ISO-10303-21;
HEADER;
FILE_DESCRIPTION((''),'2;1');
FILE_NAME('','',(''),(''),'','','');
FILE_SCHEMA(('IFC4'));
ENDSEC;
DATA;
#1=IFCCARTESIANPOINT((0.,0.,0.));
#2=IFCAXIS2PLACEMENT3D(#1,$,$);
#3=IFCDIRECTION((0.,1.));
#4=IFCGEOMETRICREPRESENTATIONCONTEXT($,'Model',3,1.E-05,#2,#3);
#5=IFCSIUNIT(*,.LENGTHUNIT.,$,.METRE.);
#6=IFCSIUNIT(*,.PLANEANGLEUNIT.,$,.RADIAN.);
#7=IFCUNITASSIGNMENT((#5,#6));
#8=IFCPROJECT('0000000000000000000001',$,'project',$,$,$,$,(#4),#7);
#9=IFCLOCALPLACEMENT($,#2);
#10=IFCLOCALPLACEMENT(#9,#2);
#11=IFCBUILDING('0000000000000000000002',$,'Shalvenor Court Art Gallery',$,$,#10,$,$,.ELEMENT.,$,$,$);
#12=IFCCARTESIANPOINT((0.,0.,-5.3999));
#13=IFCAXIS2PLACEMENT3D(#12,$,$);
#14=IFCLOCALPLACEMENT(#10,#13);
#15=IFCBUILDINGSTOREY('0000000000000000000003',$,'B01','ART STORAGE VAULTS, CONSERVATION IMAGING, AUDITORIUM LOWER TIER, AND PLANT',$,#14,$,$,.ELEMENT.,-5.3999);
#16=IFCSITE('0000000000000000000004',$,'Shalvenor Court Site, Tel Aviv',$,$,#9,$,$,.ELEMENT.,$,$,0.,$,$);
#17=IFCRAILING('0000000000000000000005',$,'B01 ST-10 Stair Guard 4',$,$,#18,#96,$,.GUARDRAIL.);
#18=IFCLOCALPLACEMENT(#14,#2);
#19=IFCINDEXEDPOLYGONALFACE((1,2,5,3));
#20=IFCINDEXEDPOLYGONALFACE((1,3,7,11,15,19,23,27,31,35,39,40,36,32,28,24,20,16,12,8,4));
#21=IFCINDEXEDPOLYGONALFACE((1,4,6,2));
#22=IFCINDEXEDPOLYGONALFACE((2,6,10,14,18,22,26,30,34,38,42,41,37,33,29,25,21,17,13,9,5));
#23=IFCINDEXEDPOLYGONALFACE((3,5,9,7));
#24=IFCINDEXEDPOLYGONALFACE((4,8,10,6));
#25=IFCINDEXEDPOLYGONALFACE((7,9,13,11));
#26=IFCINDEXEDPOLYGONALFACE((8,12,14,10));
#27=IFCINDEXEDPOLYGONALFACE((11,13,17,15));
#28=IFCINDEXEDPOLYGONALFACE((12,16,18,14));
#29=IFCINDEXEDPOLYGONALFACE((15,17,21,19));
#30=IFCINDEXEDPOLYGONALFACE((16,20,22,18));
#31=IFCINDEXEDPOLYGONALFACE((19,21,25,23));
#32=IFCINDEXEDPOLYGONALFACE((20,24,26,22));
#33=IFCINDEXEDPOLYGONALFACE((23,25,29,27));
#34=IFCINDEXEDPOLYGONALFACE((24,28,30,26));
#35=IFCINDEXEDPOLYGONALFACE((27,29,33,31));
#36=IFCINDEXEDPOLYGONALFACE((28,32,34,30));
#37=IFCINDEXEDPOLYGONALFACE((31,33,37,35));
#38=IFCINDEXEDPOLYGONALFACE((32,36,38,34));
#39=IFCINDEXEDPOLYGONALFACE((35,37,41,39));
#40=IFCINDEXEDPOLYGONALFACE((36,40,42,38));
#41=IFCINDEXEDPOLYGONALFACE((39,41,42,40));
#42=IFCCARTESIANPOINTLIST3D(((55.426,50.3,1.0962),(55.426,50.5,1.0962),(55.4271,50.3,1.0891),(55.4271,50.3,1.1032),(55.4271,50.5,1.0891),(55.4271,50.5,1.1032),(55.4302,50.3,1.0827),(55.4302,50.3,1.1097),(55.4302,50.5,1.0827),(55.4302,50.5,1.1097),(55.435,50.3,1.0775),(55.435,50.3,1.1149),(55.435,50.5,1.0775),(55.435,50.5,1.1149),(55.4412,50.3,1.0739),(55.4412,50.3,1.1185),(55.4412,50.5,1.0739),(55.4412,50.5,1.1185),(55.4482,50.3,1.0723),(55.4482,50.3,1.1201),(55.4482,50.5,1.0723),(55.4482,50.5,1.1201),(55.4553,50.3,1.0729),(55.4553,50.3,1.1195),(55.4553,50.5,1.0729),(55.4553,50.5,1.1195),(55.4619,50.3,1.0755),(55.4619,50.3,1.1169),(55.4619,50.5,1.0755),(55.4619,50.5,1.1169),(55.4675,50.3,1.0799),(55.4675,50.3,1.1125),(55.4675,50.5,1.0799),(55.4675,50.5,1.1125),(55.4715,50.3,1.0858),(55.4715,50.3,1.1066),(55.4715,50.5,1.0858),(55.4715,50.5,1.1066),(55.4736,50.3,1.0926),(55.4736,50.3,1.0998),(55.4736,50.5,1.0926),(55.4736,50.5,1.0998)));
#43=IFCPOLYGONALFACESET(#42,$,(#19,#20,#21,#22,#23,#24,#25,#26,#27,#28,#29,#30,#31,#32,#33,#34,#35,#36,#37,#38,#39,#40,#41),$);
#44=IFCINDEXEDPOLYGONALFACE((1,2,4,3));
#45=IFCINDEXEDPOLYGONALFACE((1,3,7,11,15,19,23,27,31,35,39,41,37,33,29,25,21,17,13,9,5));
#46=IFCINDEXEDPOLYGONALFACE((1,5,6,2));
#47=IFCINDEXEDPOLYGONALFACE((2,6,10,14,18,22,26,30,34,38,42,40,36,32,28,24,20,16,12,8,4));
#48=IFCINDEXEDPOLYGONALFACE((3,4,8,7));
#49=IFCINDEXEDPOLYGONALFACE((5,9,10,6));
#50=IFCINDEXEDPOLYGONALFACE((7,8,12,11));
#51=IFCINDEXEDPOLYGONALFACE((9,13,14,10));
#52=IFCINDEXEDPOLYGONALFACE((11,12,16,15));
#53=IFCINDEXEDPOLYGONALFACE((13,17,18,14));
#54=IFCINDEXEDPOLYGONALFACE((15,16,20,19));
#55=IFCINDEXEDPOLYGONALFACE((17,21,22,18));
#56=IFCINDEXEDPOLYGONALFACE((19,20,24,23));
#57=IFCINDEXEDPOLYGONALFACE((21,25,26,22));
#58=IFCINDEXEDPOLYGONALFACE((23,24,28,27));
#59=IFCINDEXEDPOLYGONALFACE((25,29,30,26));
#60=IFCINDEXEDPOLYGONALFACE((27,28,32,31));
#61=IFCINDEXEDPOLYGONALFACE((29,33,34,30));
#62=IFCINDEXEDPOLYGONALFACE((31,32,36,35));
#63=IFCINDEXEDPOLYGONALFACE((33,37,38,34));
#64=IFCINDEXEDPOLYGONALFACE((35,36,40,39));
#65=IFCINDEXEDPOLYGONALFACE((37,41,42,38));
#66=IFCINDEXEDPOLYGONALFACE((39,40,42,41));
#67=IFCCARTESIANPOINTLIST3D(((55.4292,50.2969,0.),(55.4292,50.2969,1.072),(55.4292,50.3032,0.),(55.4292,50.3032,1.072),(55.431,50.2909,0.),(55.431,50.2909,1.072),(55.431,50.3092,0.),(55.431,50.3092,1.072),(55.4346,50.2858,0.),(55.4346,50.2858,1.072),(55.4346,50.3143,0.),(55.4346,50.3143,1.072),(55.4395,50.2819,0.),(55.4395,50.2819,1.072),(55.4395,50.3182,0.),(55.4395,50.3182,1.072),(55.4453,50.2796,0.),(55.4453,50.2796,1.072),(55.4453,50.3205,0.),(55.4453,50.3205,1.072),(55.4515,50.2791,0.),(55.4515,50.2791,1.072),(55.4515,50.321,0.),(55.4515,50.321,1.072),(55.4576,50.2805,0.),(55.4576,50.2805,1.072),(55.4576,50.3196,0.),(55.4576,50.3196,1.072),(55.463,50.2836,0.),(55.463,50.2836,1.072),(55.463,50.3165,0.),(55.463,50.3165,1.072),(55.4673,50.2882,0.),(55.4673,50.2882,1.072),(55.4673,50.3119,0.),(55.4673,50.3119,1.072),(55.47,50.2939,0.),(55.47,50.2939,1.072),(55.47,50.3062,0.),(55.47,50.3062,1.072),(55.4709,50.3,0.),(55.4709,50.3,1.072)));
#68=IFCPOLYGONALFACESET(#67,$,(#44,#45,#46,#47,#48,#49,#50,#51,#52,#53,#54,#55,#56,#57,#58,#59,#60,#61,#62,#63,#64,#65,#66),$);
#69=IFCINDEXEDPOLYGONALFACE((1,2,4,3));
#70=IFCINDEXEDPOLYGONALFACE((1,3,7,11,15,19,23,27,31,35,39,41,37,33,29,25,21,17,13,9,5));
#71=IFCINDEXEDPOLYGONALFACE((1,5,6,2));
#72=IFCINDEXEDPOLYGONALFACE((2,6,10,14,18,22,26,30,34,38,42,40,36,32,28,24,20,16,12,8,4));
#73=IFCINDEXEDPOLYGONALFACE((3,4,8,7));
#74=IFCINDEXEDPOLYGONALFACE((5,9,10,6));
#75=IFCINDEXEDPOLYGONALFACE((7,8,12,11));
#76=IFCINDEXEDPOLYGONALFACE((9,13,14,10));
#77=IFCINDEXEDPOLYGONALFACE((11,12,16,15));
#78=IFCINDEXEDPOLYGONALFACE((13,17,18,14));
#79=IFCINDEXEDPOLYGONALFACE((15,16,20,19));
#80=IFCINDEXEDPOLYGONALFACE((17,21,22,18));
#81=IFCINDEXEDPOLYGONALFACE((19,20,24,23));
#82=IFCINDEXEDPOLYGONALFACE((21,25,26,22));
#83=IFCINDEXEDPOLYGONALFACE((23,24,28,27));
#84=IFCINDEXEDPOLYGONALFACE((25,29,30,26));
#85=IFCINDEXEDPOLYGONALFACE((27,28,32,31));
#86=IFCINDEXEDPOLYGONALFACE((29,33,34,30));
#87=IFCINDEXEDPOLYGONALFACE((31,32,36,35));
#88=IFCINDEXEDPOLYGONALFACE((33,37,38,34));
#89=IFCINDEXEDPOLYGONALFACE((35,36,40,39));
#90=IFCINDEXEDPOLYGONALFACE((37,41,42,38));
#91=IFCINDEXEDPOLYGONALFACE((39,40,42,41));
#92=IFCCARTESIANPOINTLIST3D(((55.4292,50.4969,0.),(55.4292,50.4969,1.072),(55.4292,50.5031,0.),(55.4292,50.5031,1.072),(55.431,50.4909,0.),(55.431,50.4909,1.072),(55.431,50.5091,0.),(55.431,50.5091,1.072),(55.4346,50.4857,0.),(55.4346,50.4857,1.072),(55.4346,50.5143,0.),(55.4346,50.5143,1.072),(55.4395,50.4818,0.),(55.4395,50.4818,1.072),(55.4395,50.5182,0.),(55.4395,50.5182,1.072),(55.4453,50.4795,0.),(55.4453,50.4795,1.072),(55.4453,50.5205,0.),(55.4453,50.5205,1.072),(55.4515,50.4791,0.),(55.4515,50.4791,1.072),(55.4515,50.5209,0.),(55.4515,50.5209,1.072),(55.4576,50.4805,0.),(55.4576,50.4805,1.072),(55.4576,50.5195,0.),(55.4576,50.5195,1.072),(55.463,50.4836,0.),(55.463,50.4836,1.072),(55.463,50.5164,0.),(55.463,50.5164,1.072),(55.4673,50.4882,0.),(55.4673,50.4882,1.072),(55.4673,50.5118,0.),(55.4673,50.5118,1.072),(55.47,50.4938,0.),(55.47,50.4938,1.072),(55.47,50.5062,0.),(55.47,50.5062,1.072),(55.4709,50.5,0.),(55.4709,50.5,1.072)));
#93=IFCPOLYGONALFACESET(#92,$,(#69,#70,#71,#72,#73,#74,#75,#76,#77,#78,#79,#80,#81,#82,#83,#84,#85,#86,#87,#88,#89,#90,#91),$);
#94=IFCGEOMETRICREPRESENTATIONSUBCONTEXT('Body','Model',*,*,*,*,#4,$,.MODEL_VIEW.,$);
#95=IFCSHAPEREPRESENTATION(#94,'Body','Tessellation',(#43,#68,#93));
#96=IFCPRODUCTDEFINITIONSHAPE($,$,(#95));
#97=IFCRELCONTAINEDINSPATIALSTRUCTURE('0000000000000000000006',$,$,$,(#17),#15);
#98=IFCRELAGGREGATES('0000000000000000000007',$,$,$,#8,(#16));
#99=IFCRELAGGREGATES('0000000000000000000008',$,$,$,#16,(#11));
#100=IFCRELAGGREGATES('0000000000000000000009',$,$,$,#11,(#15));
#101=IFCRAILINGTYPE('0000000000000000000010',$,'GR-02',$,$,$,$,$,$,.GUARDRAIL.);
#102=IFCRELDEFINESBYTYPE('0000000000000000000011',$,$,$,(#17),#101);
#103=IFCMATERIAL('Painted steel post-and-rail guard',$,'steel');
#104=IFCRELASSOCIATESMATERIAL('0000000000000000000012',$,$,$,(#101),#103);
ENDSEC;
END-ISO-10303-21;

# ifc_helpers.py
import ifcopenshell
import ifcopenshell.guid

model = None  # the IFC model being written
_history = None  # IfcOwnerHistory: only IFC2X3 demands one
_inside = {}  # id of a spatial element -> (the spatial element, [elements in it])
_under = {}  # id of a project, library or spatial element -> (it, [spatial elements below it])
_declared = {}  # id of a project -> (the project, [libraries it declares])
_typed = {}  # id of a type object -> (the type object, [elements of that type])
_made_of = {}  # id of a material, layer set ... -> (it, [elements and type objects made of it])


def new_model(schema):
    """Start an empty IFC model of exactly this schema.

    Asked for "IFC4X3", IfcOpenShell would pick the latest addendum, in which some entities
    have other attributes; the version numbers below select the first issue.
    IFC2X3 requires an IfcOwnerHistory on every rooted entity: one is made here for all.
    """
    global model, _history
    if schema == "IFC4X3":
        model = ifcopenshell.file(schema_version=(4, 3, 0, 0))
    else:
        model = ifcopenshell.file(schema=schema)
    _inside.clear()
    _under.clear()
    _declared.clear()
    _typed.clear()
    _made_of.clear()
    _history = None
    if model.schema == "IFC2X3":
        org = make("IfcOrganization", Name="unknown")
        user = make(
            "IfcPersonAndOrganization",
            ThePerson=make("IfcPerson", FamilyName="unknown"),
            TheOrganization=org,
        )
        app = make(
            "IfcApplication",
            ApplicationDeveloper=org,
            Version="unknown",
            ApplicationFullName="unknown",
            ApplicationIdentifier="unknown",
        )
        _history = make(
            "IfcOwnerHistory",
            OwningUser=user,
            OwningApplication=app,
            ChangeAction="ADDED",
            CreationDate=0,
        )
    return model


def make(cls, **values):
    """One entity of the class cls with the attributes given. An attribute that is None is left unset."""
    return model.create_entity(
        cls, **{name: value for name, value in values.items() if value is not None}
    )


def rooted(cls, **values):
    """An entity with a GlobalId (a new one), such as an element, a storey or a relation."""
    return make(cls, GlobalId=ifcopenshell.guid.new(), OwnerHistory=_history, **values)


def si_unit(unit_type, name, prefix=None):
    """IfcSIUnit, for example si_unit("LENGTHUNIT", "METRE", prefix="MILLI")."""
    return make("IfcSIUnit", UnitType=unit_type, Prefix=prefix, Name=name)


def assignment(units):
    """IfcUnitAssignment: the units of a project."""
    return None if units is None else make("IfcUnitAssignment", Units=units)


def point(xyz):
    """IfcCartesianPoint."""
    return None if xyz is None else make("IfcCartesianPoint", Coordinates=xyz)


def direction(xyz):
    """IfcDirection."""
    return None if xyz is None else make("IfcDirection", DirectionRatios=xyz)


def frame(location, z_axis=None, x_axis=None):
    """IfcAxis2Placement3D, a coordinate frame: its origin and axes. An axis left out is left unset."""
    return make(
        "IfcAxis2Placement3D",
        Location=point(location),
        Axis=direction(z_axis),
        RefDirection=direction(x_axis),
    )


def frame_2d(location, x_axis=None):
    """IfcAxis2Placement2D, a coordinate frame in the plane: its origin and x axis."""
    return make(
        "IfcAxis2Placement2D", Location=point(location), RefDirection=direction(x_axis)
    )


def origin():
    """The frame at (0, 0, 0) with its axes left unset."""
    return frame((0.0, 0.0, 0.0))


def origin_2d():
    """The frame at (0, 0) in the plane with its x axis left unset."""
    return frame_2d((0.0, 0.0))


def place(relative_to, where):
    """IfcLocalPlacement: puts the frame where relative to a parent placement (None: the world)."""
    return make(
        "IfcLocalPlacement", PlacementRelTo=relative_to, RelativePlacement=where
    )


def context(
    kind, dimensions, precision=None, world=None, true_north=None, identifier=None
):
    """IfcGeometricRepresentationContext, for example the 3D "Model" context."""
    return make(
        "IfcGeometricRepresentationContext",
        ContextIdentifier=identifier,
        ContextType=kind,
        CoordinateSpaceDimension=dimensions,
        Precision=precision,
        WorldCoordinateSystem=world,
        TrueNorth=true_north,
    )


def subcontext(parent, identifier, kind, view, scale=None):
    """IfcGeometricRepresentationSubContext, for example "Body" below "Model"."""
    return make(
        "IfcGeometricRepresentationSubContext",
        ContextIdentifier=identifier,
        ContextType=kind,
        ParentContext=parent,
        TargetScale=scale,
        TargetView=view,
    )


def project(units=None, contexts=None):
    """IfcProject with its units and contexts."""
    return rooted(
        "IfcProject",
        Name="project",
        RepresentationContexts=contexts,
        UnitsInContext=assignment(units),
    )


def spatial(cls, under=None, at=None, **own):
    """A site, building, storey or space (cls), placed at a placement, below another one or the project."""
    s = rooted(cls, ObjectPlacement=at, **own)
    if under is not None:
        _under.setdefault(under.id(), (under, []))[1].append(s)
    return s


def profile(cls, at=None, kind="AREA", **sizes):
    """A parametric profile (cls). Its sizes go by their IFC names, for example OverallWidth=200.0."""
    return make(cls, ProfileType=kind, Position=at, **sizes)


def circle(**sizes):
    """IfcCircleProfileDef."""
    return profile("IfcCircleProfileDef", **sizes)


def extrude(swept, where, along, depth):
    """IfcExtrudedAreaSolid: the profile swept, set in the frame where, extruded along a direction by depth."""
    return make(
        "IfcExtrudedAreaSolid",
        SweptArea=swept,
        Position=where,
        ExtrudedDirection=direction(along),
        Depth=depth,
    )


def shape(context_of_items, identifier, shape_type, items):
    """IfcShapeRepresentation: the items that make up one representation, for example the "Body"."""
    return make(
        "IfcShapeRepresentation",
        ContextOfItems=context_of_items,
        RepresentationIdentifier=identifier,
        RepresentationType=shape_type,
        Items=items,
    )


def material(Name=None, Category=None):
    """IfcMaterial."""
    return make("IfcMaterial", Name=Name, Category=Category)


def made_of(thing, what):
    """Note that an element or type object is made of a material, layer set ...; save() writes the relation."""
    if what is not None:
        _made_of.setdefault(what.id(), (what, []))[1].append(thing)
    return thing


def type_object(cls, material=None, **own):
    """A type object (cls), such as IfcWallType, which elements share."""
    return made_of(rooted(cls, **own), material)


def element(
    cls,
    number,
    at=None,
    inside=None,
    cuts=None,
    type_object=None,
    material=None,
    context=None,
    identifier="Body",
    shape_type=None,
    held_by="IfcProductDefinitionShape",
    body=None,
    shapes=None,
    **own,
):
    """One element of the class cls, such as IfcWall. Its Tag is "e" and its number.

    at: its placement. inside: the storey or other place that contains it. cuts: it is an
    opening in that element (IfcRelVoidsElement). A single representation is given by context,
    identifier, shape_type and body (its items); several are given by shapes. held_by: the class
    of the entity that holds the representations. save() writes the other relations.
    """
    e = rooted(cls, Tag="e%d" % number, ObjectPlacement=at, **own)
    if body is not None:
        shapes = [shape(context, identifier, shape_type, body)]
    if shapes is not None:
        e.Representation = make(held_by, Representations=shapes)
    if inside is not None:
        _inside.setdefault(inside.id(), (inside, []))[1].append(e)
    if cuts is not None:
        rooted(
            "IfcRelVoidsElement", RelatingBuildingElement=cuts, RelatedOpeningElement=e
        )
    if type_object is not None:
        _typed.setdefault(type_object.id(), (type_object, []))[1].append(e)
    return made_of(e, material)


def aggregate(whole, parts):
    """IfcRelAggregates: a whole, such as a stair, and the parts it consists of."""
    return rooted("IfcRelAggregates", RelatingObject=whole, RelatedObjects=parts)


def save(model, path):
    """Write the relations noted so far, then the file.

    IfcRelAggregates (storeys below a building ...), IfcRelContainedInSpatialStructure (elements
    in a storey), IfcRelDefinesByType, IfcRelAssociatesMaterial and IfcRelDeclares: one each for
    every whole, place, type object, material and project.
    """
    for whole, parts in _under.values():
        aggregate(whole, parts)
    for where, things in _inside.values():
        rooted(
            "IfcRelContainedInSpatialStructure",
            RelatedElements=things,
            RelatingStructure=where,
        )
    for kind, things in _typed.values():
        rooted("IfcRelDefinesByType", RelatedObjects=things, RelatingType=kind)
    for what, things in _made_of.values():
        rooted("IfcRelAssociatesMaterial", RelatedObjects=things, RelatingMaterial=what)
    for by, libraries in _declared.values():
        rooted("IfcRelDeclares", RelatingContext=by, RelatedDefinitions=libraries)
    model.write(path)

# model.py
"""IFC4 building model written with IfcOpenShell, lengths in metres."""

from ifc_helpers import new_model, si_unit, direction, frame, origin, origin_2d, place, context, subcontext, project, spatial, circle, extrude, material, type_object, element, save


model = new_model("IFC4")

# Units and contexts
model_context = context("Model", 3, precision=1e-05, world=origin(), true_north=direction((0.0, 1.0)))
body_context = subcontext(model_context, "Body", "Model", "MODEL_VIEW")
ifc_project = project(units=[si_unit("LENGTHUNIT", "METRE"), si_unit("PLANEANGLEUNIT", "RADIAN")], contexts=[model_context])

# Site, building, storey
site_placement = place(None, origin())
site = spatial("IfcSite", under=ifc_project, at=site_placement, Name="Shalvenor Court Site, Tel Aviv", CompositionType="ELEMENT", RefElevation=0.0)
building_placement = place(site_placement, origin())
building = spatial("IfcBuilding", under=site, at=building_placement, Name="Shalvenor Court Art Gallery", CompositionType="ELEMENT")
storey_placement = place(building_placement, frame((0.0, 0.0, -5.3999)))
storey = spatial("IfcBuildingStorey", under=building, at=storey_placement, Name="B01", Description="ART STORAGE VAULTS, CONSERVATION IMAGING, AUDITORIUM LOWER TIER, AND PLANT", CompositionType="ELEMENT", Elevation=-5.3999)

# Railing
ifc_material_1 = material(Name="Painted steel post-and-rail guard", Category="steel")
railing_type_1 = type_object("IfcRailingType", Name="GR-02", PredefinedType="GUARDRAIL", material=ifc_material_1)
railing_1_placement = place(storey_placement, frame((55.45, 50.3, 0.0)))
element("IfcRailing", 1, at=railing_1_placement, inside=storey, type_object=railing_type_1, Name="B01 ST-10 Stair Guard 4", PredefinedType="GUARDRAIL", context=body_context, shape_type="SweptSolid", body=[
    extrude(circle(Radius=0.0239, at=origin_2d()), frame((0.0, 0.0, 1.0962), z_axis=(0.0, 1.0, 0.0), x_axis=(-1.0, 0.0, 0.0)), (0.0, 0.0, 1.0), 0.2),
    extrude(circle(Radius=0.021, at=origin_2d()), origin(), (0.0, 0.0, 1.0), 1.072),
    extrude(circle(Radius=0.021, at=origin_2d()), frame((0.0, 0.2, 0.0)), (0.0, 0.0, 1.0), 1.072),
])

save(model, "model.ifc")
